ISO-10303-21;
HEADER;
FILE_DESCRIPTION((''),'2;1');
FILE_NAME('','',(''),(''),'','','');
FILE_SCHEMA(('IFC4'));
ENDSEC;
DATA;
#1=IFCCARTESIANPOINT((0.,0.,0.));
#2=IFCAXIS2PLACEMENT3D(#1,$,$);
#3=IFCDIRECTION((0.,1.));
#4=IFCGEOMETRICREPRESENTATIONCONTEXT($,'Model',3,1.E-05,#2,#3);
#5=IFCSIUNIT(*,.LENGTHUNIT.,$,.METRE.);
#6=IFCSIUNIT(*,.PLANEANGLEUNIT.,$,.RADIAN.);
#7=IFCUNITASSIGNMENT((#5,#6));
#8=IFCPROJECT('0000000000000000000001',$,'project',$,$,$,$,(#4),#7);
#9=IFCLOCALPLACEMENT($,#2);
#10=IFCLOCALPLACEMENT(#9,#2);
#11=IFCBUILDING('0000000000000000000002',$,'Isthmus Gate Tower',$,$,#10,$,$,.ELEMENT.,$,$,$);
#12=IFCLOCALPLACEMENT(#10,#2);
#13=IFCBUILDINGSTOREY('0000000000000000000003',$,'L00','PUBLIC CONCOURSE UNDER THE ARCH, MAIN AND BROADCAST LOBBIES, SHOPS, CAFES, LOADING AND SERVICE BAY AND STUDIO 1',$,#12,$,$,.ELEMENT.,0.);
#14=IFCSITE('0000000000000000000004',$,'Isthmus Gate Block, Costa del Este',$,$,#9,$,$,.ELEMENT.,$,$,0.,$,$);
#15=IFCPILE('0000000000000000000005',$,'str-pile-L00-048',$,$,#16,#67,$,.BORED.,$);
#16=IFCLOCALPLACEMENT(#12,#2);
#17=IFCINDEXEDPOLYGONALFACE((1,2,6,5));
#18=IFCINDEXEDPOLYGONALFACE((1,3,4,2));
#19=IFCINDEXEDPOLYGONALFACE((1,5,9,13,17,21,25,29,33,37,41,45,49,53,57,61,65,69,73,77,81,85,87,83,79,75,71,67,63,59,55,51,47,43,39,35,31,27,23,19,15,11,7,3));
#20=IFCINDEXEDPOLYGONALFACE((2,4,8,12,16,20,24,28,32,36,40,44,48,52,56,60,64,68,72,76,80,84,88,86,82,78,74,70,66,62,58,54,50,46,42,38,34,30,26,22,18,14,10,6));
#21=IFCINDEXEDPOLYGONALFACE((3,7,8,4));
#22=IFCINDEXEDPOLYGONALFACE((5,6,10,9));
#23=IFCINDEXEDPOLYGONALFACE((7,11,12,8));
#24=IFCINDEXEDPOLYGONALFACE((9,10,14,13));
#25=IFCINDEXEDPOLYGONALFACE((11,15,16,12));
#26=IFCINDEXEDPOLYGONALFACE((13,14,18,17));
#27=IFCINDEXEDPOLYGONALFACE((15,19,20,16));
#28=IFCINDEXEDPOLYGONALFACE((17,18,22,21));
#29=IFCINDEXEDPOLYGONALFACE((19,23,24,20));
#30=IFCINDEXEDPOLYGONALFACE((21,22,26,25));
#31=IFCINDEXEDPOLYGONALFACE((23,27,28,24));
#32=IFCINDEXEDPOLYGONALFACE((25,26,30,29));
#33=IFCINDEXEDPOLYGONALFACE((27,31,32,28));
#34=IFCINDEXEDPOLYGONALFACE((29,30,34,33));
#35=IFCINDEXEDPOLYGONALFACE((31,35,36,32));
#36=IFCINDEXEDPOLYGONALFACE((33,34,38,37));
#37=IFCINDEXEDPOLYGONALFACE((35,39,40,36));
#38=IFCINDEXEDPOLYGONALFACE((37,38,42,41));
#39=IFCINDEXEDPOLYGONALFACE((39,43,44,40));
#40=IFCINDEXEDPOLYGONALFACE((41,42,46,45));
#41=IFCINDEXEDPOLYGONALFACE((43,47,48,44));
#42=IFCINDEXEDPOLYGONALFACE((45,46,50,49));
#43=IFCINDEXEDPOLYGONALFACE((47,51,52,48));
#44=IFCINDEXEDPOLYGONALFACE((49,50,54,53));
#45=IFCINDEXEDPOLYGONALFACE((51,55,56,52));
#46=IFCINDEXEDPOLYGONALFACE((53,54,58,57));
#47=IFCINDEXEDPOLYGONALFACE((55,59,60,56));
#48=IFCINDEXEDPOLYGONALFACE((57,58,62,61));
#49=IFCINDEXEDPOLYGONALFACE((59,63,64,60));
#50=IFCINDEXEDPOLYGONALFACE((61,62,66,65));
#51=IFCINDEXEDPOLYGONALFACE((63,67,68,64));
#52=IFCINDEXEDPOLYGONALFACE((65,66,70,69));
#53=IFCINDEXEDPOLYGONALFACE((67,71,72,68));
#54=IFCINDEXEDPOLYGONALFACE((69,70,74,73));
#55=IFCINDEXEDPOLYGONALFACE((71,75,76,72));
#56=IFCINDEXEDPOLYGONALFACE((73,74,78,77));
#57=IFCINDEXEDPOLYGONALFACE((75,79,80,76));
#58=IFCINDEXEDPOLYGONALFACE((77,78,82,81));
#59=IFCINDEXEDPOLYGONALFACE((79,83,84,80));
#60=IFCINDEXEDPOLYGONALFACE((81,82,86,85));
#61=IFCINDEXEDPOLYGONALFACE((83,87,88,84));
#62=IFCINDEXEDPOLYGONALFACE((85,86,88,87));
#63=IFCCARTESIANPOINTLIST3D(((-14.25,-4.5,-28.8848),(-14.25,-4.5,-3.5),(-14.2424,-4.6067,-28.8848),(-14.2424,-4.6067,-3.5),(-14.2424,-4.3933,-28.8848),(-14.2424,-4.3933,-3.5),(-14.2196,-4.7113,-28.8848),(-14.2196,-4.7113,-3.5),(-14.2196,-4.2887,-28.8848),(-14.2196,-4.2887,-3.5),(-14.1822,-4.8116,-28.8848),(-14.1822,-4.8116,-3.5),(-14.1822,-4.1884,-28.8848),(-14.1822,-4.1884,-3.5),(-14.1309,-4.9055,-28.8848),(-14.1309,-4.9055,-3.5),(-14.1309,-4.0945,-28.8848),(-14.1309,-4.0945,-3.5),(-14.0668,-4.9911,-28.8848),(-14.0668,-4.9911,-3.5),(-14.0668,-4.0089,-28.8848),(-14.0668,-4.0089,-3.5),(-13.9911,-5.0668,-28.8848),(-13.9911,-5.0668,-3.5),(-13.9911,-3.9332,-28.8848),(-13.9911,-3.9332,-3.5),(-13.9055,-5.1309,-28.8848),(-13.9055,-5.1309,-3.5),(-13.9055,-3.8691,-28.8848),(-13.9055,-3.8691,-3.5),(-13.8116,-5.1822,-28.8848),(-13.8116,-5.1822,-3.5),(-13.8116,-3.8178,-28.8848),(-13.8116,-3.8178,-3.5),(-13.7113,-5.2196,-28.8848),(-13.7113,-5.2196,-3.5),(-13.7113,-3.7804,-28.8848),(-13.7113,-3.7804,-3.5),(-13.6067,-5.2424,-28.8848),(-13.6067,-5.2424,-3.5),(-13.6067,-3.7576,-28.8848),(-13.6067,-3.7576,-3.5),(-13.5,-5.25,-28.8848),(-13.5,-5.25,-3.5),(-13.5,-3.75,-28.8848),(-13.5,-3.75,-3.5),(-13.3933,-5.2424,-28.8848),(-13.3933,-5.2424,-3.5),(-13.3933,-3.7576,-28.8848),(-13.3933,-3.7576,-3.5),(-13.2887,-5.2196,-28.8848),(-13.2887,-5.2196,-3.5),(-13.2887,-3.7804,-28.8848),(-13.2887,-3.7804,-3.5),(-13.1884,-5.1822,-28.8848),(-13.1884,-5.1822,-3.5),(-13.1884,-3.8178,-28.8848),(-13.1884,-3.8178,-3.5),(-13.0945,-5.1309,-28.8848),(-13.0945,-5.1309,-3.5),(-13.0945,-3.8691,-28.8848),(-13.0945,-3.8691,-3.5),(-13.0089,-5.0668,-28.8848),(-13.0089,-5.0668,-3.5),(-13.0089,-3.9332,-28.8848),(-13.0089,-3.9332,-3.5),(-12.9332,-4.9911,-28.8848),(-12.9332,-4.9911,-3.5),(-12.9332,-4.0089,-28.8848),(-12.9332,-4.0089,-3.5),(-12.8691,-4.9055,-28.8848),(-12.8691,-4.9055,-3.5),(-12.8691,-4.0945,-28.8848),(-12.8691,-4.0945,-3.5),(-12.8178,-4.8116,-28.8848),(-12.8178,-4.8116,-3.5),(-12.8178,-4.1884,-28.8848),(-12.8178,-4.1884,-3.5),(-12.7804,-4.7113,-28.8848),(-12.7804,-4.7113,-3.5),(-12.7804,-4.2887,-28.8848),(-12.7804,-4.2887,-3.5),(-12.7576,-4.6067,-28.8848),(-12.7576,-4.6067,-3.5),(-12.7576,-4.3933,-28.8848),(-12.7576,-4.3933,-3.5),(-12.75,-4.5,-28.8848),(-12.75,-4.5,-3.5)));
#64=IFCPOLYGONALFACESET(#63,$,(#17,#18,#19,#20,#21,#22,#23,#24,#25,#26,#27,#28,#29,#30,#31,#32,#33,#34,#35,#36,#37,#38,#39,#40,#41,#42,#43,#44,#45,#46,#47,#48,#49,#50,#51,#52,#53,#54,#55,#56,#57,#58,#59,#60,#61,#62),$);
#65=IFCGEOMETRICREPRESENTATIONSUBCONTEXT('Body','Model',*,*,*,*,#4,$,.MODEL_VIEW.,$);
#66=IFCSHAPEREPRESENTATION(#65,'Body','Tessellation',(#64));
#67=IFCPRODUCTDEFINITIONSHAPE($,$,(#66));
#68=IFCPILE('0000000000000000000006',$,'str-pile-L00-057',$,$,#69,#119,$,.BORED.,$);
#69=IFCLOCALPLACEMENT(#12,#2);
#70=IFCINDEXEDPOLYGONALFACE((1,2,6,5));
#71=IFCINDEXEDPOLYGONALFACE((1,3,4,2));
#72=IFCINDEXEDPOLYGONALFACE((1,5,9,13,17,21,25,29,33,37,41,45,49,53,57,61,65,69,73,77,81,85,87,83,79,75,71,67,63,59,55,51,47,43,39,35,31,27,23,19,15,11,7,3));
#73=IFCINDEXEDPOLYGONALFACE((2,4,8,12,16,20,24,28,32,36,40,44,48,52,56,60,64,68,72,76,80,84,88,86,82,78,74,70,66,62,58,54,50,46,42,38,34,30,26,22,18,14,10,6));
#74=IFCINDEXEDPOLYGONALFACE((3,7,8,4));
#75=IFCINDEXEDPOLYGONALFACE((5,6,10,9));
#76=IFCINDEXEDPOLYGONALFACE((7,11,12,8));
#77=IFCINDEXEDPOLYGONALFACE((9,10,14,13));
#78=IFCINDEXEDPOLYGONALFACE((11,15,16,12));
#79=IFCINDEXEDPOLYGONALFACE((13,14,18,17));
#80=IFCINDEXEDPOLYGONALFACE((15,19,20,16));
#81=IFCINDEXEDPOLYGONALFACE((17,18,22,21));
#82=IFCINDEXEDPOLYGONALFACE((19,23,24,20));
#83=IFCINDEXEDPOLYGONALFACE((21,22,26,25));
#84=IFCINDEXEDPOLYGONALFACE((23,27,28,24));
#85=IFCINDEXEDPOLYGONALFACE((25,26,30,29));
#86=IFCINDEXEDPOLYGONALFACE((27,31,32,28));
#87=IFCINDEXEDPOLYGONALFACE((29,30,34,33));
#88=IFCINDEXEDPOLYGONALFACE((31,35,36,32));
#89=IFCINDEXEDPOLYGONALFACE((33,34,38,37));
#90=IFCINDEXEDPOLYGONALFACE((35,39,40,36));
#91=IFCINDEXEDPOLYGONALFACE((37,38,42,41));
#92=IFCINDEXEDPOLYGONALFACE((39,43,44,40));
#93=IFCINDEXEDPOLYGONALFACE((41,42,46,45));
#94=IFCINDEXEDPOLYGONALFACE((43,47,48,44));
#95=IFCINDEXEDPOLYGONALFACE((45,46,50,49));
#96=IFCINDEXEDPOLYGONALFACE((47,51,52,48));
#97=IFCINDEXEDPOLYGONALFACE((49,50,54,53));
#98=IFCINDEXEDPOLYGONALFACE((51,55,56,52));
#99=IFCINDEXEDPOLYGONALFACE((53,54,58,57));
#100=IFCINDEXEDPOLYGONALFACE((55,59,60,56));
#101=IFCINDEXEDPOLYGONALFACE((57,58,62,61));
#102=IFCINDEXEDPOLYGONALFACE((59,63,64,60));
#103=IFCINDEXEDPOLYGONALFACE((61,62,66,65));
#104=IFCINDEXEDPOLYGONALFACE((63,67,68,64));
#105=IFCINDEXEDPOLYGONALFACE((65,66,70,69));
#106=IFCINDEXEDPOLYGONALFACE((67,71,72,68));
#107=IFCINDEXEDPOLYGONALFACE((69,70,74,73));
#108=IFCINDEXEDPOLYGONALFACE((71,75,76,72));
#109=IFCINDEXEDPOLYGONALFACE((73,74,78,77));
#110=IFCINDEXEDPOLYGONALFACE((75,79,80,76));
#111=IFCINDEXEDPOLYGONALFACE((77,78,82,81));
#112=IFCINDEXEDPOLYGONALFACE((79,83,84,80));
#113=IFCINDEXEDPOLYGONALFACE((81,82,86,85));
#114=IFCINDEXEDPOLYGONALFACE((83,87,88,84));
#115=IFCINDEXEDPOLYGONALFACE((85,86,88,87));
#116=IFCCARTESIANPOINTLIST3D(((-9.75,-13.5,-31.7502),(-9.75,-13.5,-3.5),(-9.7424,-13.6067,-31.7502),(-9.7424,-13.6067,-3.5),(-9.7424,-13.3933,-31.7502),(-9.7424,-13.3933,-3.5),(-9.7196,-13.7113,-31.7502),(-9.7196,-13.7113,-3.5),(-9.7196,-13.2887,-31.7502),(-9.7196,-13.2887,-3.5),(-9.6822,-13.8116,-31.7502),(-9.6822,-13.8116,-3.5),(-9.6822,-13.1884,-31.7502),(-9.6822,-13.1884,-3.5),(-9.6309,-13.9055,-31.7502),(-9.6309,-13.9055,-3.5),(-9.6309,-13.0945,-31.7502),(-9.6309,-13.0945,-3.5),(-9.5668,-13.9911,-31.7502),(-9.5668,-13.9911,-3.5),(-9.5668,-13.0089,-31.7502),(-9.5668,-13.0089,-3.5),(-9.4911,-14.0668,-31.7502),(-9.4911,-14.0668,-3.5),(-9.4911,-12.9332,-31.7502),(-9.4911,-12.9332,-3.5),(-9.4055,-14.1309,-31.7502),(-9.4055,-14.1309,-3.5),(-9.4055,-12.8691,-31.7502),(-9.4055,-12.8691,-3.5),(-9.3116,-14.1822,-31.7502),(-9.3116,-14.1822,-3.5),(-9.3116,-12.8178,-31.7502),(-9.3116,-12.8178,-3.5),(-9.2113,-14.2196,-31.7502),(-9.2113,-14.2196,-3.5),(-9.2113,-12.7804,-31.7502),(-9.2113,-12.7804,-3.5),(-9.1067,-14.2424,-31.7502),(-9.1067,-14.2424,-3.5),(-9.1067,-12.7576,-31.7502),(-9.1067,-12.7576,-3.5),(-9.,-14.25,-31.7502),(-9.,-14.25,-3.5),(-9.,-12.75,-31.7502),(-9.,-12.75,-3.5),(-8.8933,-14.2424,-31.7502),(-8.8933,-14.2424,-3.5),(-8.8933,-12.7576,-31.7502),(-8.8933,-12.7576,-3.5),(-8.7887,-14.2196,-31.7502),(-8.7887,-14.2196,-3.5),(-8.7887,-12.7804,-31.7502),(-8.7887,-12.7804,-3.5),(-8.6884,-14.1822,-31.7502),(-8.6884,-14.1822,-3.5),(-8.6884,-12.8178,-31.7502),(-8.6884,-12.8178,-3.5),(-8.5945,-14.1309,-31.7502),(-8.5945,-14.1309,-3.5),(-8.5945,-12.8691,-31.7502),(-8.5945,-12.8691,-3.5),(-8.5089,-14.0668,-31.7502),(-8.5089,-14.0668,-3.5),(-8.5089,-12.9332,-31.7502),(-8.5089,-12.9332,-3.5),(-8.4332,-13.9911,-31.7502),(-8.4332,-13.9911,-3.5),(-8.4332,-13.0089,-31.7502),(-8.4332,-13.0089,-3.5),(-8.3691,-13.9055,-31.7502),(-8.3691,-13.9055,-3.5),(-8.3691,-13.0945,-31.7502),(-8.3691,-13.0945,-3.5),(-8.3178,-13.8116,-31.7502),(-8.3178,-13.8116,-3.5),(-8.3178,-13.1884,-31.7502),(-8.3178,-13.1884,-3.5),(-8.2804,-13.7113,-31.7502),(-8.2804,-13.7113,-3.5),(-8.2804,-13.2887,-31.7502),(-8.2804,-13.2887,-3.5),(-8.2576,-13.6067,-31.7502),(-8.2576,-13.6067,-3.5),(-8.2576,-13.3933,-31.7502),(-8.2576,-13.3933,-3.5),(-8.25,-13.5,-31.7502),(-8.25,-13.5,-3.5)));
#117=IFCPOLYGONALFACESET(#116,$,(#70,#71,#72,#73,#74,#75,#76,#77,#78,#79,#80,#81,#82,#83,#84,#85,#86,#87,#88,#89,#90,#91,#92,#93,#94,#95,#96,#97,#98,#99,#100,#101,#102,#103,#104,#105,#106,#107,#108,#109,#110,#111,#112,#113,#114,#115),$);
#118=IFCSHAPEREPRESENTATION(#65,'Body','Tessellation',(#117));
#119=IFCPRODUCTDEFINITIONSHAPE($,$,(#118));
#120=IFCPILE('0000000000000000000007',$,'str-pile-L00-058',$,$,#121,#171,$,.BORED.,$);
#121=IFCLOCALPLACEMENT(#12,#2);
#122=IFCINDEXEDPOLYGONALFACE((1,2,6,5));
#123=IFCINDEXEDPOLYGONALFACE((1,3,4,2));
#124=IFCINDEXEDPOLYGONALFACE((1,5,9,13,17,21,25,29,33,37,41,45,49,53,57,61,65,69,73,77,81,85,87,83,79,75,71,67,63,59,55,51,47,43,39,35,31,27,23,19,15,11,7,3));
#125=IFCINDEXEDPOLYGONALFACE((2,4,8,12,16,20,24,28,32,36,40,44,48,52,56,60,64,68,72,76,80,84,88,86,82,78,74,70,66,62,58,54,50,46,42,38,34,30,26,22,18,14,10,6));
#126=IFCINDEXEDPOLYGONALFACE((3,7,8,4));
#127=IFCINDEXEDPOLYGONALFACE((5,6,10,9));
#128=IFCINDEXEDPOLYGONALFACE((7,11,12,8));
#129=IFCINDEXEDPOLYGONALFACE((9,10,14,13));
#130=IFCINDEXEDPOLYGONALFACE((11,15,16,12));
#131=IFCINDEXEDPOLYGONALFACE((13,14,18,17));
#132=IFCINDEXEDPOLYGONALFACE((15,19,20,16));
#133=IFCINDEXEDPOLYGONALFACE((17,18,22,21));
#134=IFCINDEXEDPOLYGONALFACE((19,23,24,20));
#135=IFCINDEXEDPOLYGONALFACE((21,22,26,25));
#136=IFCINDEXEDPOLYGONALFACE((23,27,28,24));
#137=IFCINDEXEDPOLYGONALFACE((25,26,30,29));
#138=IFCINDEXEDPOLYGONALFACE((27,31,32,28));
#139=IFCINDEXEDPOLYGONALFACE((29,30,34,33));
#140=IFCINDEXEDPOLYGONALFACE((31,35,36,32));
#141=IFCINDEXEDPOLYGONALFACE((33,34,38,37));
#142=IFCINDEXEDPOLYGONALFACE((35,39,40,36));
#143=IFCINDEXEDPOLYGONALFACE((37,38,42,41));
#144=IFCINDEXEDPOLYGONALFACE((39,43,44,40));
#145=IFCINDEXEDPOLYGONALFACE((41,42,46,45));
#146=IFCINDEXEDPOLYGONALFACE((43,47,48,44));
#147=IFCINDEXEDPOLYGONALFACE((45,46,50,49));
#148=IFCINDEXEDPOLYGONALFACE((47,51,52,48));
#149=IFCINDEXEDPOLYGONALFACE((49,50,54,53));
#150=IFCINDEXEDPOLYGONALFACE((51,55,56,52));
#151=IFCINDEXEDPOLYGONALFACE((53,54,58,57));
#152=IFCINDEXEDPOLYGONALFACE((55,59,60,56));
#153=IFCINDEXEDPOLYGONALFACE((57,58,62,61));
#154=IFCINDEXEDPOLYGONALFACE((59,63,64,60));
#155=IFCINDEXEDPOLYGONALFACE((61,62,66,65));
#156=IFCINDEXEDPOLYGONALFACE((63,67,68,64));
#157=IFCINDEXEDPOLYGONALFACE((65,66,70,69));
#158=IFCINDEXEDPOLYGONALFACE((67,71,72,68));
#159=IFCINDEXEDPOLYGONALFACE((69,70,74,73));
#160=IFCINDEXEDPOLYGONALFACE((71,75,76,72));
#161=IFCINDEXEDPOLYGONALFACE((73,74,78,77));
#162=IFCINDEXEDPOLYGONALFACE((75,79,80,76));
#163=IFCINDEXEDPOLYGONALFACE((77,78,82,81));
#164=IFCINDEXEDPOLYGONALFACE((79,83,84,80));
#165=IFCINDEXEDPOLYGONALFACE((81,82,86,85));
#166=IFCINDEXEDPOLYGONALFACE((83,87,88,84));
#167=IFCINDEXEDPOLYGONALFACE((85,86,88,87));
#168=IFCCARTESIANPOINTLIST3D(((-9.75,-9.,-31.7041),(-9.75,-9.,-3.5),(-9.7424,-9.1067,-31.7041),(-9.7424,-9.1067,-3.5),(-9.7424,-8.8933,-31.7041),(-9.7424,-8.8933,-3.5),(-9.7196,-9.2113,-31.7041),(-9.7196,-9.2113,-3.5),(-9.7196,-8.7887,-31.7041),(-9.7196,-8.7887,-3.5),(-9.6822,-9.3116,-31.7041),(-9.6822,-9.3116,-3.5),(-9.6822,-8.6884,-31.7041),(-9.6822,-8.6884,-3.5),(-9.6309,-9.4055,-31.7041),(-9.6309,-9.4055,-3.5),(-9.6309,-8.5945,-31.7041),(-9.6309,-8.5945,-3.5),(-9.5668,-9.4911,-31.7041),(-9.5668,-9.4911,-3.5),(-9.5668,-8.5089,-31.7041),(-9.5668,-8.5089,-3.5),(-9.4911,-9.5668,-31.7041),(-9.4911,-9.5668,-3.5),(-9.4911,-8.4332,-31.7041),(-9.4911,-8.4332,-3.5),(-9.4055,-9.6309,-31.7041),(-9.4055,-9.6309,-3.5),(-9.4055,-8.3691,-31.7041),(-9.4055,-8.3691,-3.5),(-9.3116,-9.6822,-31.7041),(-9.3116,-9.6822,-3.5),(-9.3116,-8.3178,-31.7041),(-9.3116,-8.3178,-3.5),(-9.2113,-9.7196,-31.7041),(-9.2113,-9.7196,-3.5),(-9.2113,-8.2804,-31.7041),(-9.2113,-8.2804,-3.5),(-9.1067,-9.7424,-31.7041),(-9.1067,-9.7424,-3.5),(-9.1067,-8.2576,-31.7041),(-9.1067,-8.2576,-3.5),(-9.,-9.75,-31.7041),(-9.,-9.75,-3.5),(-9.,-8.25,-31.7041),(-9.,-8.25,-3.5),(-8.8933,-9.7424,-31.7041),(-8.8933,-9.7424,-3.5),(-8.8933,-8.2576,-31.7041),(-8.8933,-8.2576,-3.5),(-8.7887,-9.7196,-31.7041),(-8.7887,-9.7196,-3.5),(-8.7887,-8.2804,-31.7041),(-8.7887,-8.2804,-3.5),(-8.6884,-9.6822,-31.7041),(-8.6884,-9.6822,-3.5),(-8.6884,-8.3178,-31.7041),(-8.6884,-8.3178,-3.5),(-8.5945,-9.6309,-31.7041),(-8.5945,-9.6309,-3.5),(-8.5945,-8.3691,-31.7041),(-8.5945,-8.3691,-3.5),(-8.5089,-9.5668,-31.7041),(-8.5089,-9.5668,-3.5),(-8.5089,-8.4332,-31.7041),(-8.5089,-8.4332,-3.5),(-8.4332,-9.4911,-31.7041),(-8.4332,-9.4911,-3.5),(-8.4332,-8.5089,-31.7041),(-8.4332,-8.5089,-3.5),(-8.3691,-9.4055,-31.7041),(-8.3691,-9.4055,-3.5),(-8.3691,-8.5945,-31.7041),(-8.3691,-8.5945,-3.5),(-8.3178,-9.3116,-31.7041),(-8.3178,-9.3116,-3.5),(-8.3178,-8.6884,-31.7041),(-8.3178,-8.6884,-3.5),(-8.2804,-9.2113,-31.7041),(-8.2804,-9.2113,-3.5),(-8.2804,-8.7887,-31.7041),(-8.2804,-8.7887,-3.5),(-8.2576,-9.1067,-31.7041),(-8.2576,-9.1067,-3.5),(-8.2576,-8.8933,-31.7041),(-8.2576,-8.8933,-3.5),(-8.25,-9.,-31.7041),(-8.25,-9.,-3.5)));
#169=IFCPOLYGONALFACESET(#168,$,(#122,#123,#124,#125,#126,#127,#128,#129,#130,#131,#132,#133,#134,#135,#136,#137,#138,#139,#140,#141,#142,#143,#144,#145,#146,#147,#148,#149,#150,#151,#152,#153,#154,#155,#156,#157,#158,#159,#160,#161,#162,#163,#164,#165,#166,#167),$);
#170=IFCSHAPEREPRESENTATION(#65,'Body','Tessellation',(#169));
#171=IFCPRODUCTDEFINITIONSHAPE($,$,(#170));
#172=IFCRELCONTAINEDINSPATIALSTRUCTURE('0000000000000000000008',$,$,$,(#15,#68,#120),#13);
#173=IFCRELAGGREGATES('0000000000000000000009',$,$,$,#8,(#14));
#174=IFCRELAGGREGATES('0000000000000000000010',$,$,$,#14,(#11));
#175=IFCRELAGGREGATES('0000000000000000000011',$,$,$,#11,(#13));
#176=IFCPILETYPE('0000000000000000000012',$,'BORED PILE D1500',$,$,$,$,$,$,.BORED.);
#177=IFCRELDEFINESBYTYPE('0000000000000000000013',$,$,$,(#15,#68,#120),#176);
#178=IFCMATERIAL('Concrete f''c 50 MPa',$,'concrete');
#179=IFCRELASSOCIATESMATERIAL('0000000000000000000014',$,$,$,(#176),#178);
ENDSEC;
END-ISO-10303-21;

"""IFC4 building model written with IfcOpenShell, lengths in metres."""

from ifc_helpers import new_model, si_unit, direction, frame, origin, origin_2d, place, context, subcontext, project, spatial, circle, extrude, material, material_profile, profile_set, type_object, element, save


model = new_model("IFC4")

# Units and contexts
model_context = context("Model", 3, precision=1e-05, world=origin(), true_north=direction((0.0, 1.0)))
body_context = subcontext(model_context, "Body", "Model", "MODEL_VIEW")
ifc_project = project(units=[si_unit("LENGTHUNIT", "METRE"), si_unit("PLANEANGLEUNIT", "RADIAN")], contexts=[model_context])

# Site, building, storey
site_placement = place(None, origin())
site = spatial("IfcSite", under=ifc_project, at=site_placement, Name="Isthmus Gate Block, Costa del Este", CompositionType="ELEMENT", RefElevation=0.0)
building_placement = place(site_placement, origin())
building = spatial("IfcBuilding", under=site, at=building_placement, Name="Isthmus Gate Tower", CompositionType="ELEMENT")
storey_placement = place(building_placement, origin())
storey = spatial("IfcBuildingStorey", under=building, at=storey_placement, Name="L00", Description="PUBLIC CONCOURSE UNDER THE ARCH, MAIN AND BROADCAST LOBBIES, SHOPS, CAFES, LOADING AND SERVICE BAY AND STUDIO 1", CompositionType="ELEMENT", Elevation=0.0)

# Piles
ifc_material_1 = material(Name="Concrete f'c 50 MPa", Category="concrete")
ifc_material_profile_1 = material_profile(ifc_material_1, circle(Radius=0.75, at=origin_2d()), Name="D1500")
ifc_profile_set_1 = profile_set([ifc_material_profile_1], Name="Concrete f'c 50 MPa")
pile_type_1 = type_object("IfcPileType", Name="BORED PILE D1500", PredefinedType="BORED", material=ifc_profile_set_1)
pile_1_placement = place(storey_placement, frame((-13.5, -4.5, -3.5), z_axis=(0.0, 0.0, -1.0), x_axis=(1.0, 0.0, 0.0)))
element("IfcPile", 1, at=pile_1_placement, inside=storey, type_object=pile_type_1, Name="str-pile-L00-048", PredefinedType="BORED", context=body_context, shape_type="SweptSolid", body=[
    extrude(circle(Radius=0.75, at=origin_2d()), origin(), (0.0, 0.0, 1.0), 25.3848),
])
pile_2_placement = place(storey_placement, frame((-9.0, -13.5, -3.5), z_axis=(0.0, 0.0, -1.0), x_axis=(1.0, 0.0, 0.0)))
element("IfcPile", 2, at=pile_2_placement, inside=storey, type_object=pile_type_1, Name="str-pile-L00-057", PredefinedType="BORED", context=body_context, shape_type="SweptSolid", body=[
    extrude(circle(Radius=0.75, at=origin_2d()), origin(), (0.0, 0.0, 1.0), 28.2502),
])
pile_3_placement = place(storey_placement, frame((-9.0, -9.0, -3.5), z_axis=(0.0, 0.0, -1.0), x_axis=(1.0, 0.0, 0.0)))
element("IfcPile", 3, at=pile_3_placement, inside=storey, type_object=pile_type_1, Name="str-pile-L00-058", PredefinedType="BORED", context=body_context, shape_type="SweptSolid", body=[
    extrude(circle(Radius=0.75, at=origin_2d()), origin(), (0.0, 0.0, 1.0), 28.2041),
])

save(model, "model.ifc")
